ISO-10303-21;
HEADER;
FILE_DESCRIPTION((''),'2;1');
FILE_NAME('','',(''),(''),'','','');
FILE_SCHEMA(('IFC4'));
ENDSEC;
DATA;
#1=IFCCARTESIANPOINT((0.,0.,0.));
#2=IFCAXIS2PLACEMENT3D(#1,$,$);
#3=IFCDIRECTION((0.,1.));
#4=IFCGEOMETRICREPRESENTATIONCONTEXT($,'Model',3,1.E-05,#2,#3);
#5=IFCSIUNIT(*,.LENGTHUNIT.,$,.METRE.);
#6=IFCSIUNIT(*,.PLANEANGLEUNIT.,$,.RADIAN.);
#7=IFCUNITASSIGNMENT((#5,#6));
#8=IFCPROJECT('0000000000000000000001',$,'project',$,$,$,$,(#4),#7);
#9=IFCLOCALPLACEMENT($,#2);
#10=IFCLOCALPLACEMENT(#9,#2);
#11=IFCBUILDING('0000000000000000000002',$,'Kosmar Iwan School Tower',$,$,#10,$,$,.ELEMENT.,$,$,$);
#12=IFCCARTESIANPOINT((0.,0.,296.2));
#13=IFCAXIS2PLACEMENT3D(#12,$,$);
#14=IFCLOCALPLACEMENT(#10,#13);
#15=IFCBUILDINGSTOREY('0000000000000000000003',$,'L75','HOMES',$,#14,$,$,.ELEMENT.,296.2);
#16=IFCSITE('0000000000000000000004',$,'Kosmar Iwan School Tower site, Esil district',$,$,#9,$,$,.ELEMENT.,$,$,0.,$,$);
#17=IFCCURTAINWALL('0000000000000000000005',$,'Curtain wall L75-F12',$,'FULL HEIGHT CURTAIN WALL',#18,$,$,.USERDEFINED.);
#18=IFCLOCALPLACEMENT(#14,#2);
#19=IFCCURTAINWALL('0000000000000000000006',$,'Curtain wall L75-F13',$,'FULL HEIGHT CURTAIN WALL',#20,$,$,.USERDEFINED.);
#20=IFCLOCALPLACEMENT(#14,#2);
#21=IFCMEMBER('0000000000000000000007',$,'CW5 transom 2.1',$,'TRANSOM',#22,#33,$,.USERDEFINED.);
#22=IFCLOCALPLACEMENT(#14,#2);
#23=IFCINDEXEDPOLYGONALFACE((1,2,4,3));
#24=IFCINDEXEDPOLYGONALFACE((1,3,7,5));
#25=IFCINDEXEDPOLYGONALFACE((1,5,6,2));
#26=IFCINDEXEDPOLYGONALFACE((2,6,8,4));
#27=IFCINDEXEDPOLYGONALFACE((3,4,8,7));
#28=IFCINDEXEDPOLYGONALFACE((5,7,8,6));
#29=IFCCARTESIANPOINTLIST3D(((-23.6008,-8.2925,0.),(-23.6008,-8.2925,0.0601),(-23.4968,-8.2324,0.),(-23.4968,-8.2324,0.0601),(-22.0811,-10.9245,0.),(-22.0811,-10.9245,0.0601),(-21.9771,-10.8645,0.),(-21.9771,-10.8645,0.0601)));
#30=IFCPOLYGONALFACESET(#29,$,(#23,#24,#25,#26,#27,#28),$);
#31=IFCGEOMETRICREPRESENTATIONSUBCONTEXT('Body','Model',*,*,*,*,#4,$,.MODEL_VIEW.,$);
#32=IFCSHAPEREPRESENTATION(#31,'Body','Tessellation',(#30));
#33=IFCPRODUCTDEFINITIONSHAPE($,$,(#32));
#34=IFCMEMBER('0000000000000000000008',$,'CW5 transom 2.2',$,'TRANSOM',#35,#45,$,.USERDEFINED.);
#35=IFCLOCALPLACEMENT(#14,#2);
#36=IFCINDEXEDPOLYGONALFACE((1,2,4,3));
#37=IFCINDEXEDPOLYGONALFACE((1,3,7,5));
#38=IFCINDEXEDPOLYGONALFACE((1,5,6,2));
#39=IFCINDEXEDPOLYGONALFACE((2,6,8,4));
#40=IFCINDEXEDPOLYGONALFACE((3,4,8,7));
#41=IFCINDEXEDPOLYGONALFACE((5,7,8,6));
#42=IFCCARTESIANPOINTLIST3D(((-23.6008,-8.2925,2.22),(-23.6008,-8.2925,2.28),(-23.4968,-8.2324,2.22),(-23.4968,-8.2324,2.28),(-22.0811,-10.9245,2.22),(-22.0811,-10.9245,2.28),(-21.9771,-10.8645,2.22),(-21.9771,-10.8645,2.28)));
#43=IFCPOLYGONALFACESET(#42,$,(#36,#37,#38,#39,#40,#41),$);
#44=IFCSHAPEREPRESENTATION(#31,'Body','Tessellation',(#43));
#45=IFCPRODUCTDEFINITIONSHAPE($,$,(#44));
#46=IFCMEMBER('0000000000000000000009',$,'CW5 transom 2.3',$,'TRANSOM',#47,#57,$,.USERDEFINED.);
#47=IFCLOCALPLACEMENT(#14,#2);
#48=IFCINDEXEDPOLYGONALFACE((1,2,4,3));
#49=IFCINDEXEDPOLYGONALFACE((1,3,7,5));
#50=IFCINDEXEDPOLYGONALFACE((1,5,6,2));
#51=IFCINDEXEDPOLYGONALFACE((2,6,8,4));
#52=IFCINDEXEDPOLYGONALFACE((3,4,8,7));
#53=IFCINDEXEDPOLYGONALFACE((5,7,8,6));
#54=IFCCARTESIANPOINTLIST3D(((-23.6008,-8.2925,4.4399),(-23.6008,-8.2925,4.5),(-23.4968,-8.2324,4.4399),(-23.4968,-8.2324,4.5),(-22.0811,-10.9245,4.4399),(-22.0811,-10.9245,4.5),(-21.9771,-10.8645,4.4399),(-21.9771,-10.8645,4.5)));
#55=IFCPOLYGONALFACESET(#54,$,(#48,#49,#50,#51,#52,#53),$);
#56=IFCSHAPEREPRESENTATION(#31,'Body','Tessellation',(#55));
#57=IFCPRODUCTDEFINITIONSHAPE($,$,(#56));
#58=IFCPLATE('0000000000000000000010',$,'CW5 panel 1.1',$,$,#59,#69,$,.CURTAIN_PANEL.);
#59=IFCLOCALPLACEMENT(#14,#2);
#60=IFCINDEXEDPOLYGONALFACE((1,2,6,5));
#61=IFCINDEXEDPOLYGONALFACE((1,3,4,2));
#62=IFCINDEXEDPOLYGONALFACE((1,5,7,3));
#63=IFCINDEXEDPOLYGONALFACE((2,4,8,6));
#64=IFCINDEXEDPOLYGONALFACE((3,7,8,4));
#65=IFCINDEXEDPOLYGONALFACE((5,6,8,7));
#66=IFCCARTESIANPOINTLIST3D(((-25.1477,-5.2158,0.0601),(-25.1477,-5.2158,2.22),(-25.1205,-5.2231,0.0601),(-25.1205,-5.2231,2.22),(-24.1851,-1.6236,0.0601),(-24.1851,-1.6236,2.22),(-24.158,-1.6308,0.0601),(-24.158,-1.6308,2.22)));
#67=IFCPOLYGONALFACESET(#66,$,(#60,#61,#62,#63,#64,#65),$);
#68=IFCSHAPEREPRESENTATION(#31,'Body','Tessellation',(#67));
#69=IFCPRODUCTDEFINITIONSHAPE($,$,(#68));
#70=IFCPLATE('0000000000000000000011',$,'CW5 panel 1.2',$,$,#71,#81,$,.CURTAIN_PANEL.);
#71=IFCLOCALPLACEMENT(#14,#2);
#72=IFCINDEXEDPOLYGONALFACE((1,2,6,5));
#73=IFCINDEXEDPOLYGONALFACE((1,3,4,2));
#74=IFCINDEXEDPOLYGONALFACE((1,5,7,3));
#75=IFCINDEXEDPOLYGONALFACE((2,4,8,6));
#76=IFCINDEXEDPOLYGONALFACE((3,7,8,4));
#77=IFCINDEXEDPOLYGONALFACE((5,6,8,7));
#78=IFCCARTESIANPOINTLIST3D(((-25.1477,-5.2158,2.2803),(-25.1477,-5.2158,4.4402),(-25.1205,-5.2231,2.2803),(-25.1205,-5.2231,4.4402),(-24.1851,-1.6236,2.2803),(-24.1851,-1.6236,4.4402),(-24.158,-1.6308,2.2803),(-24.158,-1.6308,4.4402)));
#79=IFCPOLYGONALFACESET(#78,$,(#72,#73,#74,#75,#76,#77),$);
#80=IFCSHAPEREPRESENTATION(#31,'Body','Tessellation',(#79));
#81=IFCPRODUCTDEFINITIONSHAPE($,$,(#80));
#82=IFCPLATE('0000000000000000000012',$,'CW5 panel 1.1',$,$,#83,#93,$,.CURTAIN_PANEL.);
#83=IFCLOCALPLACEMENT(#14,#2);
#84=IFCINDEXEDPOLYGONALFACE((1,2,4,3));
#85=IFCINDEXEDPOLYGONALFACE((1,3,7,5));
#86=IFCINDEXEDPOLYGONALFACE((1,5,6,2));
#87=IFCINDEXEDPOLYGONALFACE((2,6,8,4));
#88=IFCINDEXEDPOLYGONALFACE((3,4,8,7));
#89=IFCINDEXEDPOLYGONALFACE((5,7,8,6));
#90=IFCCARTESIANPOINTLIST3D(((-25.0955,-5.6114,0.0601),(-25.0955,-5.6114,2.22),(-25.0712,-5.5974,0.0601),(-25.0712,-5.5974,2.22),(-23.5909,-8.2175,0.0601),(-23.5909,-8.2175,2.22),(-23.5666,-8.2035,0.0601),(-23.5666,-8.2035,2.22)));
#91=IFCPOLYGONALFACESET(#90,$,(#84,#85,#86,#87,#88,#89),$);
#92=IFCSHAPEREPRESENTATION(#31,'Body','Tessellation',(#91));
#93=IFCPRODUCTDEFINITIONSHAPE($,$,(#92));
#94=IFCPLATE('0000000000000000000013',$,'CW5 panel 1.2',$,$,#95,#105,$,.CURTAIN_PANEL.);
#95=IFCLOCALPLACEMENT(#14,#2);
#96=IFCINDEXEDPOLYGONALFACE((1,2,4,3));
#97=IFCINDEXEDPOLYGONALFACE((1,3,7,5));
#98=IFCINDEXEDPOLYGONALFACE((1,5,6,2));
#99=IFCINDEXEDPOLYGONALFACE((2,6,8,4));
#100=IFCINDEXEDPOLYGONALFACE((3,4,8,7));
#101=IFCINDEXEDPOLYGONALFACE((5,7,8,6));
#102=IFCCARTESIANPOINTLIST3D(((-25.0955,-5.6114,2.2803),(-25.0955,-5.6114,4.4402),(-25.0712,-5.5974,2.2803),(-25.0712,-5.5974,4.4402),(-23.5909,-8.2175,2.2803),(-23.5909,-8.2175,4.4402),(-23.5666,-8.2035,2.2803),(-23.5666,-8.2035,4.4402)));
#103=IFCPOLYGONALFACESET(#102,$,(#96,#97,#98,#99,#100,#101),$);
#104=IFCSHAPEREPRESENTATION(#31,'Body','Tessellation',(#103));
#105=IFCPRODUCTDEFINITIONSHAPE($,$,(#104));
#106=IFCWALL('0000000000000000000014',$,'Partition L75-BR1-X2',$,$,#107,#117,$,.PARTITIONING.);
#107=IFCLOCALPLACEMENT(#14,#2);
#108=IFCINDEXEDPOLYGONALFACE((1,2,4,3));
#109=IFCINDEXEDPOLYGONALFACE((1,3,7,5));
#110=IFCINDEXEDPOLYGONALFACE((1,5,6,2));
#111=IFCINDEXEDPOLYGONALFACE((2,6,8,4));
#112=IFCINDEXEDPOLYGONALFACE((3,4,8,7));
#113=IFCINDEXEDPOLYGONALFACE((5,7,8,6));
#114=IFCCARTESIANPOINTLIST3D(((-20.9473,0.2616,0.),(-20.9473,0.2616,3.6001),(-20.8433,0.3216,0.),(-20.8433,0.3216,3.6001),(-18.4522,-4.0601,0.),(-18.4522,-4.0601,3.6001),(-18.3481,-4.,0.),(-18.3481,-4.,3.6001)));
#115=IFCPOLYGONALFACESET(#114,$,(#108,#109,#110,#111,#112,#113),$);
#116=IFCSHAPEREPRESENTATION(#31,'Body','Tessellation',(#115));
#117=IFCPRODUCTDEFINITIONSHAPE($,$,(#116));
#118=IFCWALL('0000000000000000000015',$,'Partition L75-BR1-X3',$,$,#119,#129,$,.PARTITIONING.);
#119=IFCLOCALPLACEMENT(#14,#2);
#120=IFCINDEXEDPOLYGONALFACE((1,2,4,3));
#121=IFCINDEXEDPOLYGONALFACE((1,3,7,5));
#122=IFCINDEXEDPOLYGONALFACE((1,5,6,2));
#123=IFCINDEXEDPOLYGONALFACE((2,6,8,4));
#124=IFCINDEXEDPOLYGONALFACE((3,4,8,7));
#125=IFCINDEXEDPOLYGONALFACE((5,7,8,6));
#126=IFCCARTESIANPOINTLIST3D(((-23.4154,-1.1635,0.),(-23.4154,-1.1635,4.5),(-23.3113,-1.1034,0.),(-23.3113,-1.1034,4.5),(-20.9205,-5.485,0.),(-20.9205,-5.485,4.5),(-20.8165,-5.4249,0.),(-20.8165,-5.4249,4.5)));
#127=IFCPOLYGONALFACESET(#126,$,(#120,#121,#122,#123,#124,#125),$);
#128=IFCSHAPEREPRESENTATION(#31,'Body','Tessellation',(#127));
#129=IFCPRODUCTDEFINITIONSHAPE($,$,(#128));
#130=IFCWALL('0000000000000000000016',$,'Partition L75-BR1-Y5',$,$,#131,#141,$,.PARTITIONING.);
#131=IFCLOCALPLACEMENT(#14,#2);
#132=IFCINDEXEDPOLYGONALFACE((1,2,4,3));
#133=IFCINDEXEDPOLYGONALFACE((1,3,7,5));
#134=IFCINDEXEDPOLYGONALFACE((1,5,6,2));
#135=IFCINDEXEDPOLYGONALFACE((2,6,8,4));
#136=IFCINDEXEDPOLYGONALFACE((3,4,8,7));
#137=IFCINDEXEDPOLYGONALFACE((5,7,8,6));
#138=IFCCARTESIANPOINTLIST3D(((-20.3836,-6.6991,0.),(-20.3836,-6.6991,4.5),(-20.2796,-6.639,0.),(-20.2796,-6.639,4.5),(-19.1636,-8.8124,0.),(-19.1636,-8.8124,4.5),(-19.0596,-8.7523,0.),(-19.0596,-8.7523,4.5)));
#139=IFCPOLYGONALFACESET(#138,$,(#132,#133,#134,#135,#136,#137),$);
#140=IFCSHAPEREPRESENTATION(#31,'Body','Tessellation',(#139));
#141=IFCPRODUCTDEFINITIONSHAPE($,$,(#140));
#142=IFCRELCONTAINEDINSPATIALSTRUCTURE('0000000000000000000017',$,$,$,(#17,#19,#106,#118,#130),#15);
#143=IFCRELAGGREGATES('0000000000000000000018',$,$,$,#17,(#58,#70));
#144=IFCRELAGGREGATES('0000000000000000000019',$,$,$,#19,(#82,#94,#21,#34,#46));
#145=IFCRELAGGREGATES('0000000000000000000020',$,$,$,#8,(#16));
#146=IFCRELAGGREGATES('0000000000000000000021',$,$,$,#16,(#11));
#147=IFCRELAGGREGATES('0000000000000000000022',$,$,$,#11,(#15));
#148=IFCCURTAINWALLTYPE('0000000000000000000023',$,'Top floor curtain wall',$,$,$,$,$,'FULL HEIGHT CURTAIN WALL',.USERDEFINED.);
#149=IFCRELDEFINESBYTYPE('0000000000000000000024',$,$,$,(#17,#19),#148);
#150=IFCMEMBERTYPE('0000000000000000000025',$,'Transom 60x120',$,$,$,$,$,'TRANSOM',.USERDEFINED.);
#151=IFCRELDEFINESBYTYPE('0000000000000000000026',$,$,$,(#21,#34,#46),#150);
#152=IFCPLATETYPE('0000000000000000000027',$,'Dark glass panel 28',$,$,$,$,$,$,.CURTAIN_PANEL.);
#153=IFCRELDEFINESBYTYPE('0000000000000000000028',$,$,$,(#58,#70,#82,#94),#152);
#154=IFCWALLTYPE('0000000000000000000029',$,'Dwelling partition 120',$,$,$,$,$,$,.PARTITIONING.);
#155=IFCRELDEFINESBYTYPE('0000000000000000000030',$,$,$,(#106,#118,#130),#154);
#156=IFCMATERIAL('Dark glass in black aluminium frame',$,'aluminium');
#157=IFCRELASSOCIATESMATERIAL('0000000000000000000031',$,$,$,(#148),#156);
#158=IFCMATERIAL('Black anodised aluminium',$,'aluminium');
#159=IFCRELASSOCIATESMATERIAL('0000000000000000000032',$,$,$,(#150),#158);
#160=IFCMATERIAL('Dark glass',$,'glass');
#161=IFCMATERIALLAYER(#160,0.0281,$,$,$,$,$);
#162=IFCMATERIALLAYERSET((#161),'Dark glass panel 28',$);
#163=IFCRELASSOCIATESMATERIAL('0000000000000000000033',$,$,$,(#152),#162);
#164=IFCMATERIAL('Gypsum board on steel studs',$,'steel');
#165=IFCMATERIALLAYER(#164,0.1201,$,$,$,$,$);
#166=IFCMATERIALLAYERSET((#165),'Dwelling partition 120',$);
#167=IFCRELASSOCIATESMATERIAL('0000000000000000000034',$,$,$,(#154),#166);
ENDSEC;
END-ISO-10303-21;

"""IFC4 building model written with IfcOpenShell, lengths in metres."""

from ifc_helpers import new_model, si_unit, direction, frame, frame_2d, origin, origin_2d, place, context, subcontext, project, spatial, rectangle, extrude, material, layer, layer_set, material_profile, profile_set, type_object, element, aggregate, save


model = new_model("IFC4")

# Units and contexts
model_context = context("Model", 3, precision=1e-05, world=origin(), true_north=direction((0.0, 1.0)))
body_context = subcontext(model_context, "Body", "Model", "MODEL_VIEW")
ifc_project = project(units=[si_unit("LENGTHUNIT", "METRE"), si_unit("PLANEANGLEUNIT", "RADIAN")], contexts=[model_context])

# Site, building, storey
site_placement = place(None, origin())
site = spatial("IfcSite", under=ifc_project, at=site_placement, Name="Kosmar Iwan School Tower site, Esil district", CompositionType="ELEMENT", RefElevation=0.0)
building_placement = place(site_placement, origin())
building = spatial("IfcBuilding", under=site, at=building_placement, Name="Kosmar Iwan School Tower", CompositionType="ELEMENT")
storey_placement = place(building_placement, frame((0.0, 0.0, 296.2)))
storey = spatial("IfcBuildingStorey", under=building, at=storey_placement, Name="L75", Description="HOMES", CompositionType="ELEMENT", Elevation=296.2)

# Curtain wall
ifc_material_1 = material(Name="Dark glass in black aluminium frame", Category="aluminium")
curtain_wall_type = type_object("IfcCurtainWallType", Name="Top floor curtain wall", ElementType="FULL HEIGHT CURTAIN WALL", PredefinedType="USERDEFINED", material=ifc_material_1)
curtain_wall_1_placement = place(storey_placement, origin())
curtain_wall_1 = element("IfcCurtainWall", 1, at=curtain_wall_1_placement, inside=storey, type_object=curtain_wall_type, Name="Curtain wall L75-F12", ObjectType="FULL HEIGHT CURTAIN WALL", PredefinedType="USERDEFINED")

# Curtain wall
curtain_wall_2_placement = place(storey_placement, origin())
curtain_wall_2 = element("IfcCurtainWall", 2, at=curtain_wall_2_placement, inside=storey, type_object=curtain_wall_type, Name="Curtain wall L75-F13", ObjectType="FULL HEIGHT CURTAIN WALL", PredefinedType="USERDEFINED")

# Members
ifc_material_2 = material(Name="Black anodised aluminium", Category="aluminium")
ifc_material_profile_1 = material_profile(ifc_material_2, rectangle(XDim=0.1201, YDim=0.0601, at=origin_2d()), Name="TRANSOM 60x120")
ifc_profile_set_1 = profile_set([ifc_material_profile_1], Name="Black anodised aluminium")
member_type_1 = type_object("IfcMemberType", Name="Transom 60x120", ElementType="TRANSOM", PredefinedType="USERDEFINED", material=ifc_profile_set_1)
member_1_placement = place(storey_placement, frame((-23.5488, -8.2625, 0.03), z_axis=(0.500035, -0.866005, 0.0), x_axis=(0.866005, 0.500035, 0.0)))
member_1 = element("IfcMember", 3, at=member_1_placement, type_object=member_type_1, Name="CW5 transom 2.1", ObjectType="TRANSOM", PredefinedType="USERDEFINED", context=body_context, shape_type="SweptSolid", body=[
    extrude(rectangle(XDim=0.1201, YDim=0.0601, at=origin_2d()), origin(), (0.0, 0.0, 1.0), 3.0393),
])
member_2_placement = place(storey_placement, frame((-23.5488, -8.2625, 2.25), z_axis=(0.500035, -0.866005, 0.0), x_axis=(0.866005, 0.500035, 0.0)))
member_2 = element("IfcMember", 4, at=member_2_placement, type_object=member_type_1, Name="CW5 transom 2.2", ObjectType="TRANSOM", PredefinedType="USERDEFINED", context=body_context, shape_type="SweptSolid", body=[
    extrude(rectangle(XDim=0.1201, YDim=0.0601, at=origin_2d()), origin(), (0.0, 0.0, 1.0), 3.0393),
])
member_3_placement = place(storey_placement, frame((-23.5488, -8.2625, 4.47), z_axis=(0.500035, -0.866005, 0.0), x_axis=(0.866005, 0.500035, 0.0)))
member_3 = element("IfcMember", 5, at=member_3_placement, type_object=member_type_1, Name="CW5 transom 2.3", ObjectType="TRANSOM", PredefinedType="USERDEFINED", context=body_context, shape_type="SweptSolid", body=[
    extrude(rectangle(XDim=0.1201, YDim=0.0601, at=origin_2d()), origin(), (0.0, 0.0, 1.0), 3.0393),
])

# Plates
ifc_material_3 = material(Name="Dark glass", Category="glass")
ifc_layer_1 = layer(ifc_material_3, 0.0281)
ifc_layer_set_1 = layer_set([ifc_layer_1], Name="Dark glass panel 28")
plate_type = type_object("IfcPlateType", Name="Dark glass panel 28", PredefinedType="CURTAIN_PANEL", material=ifc_layer_set_1)
plate_1_placement = place(storey_placement, frame((-24.6528, -3.4233, 0.0601), z_axis=(0.0, 0.0, 1.0), x_axis=(-0.258819, -0.965926, 0.0)))
plate_1 = element("IfcPlate", 6, at=plate_1_placement, type_object=plate_type, Name="CW5 panel 1.1", PredefinedType="CURTAIN_PANEL", context=body_context, shape_type="SweptSolid", body=[
    extrude(rectangle(XDim=3.719, YDim=0.0281, at=origin_2d()), origin(), (0.0, 0.0, 1.0), 2.1599),
])
plate_2_placement = place(storey_placement, frame((-24.6528, -3.4233, 2.2803), z_axis=(0.0, 0.0, 1.0), x_axis=(-0.258819, -0.965926, 0.0)))
plate_2 = element("IfcPlate", 7, at=plate_2_placement, type_object=plate_type, Name="CW5 panel 1.2", PredefinedType="CURTAIN_PANEL", context=body_context, shape_type="SweptSolid", body=[
    extrude(rectangle(XDim=3.719, YDim=0.0281, at=origin_2d()), origin(), (0.0, 0.0, 1.0), 2.1599),
])
aggregate(curtain_wall_1, [plate_1, plate_2])
plate_3_placement = place(storey_placement, frame((-24.3311, -6.9075, 0.0601), z_axis=(0.0, 0.0, 1.0), x_axis=(0.5, -0.866025, 0.0)))
plate_3 = element("IfcPlate", 8, at=plate_3_placement, type_object=plate_type, Name="CW5 panel 1.1", PredefinedType="CURTAIN_PANEL", context=body_context, shape_type="SweptSolid", body=[
    extrude(rectangle(XDim=3.0093, YDim=0.0281, at=origin_2d()), origin(), (0.0, 0.0, 1.0), 2.1599),
])
plate_4_placement = place(storey_placement, frame((-24.3311, -6.9075, 2.2803), z_axis=(0.0, 0.0, 1.0), x_axis=(0.5, -0.866025, 0.0)))
plate_4 = element("IfcPlate", 9, at=plate_4_placement, type_object=plate_type, Name="CW5 panel 1.2", PredefinedType="CURTAIN_PANEL", context=body_context, shape_type="SweptSolid", body=[
    extrude(rectangle(XDim=3.0093, YDim=0.0281, at=origin_2d()), origin(), (0.0, 0.0, 1.0), 2.1599),
])
aggregate(curtain_wall_2, [plate_3, plate_4, member_1, member_2, member_3])

# Walls
ifc_material_4 = material(Name="Gypsum board on steel studs", Category="steel")
ifc_layer_2 = layer(ifc_material_4, 0.1201)
ifc_layer_set_2 = layer_set([ifc_layer_2], Name="Dwelling partition 120")
wall_type = type_object("IfcWallType", Name="Dwelling partition 120", PredefinedType="PARTITIONING", material=ifc_layer_set_2)
wall_1_placement = place(storey_placement, frame((-18.4001, -4.03, 0.0), z_axis=(0.0, 0.0, 1.0), x_axis=(-0.500012, 0.866019, 0.0)))
element("IfcWall", 10, at=wall_1_placement, inside=storey, type_object=wall_type, Name="Partition L75-BR1-X2", PredefinedType="PARTITIONING", context=body_context, shape_type="SweptSolid", body=[
    extrude(rectangle(XDim=4.9902, YDim=0.1201, at=frame_2d((2.4951, 0.0))), origin(), (0.0, 0.0, 1.0), 3.6001),
])
wall_2_placement = place(storey_placement, frame((-20.8684, -5.4551, 0.0), z_axis=(0.0, 0.0, 1.0), x_axis=(-0.499975, 0.86604, 0.0)))
element("IfcWall", 11, at=wall_2_placement, inside=storey, type_object=wall_type, Name="Partition L75-BR1-X3", PredefinedType="PARTITIONING", context=body_context, shape_type="SweptSolid", body=[
    extrude(rectangle(XDim=4.99, YDim=0.1201, at=frame_2d((2.4951, 0.0))), origin(), (0.0, 0.0, 1.0), 4.5),
])
wall_3_placement = place(storey_placement, frame((-19.1116, -8.7825, 0.0), z_axis=(0.0, 0.0, 1.0), x_axis=(-0.499959, 0.866049, 0.0)))
element("IfcWall", 12, at=wall_3_placement, inside=storey, type_object=wall_type, Name="Partition L75-BR1-Y5", PredefinedType="PARTITIONING", context=body_context, shape_type="SweptSolid", body=[
    extrude(rectangle(XDim=2.4402, YDim=0.1201, at=frame_2d((1.2202, 0.0))), origin(), (0.0, 0.0, 1.0), 4.5),
])

save(model, "model.ifc")
